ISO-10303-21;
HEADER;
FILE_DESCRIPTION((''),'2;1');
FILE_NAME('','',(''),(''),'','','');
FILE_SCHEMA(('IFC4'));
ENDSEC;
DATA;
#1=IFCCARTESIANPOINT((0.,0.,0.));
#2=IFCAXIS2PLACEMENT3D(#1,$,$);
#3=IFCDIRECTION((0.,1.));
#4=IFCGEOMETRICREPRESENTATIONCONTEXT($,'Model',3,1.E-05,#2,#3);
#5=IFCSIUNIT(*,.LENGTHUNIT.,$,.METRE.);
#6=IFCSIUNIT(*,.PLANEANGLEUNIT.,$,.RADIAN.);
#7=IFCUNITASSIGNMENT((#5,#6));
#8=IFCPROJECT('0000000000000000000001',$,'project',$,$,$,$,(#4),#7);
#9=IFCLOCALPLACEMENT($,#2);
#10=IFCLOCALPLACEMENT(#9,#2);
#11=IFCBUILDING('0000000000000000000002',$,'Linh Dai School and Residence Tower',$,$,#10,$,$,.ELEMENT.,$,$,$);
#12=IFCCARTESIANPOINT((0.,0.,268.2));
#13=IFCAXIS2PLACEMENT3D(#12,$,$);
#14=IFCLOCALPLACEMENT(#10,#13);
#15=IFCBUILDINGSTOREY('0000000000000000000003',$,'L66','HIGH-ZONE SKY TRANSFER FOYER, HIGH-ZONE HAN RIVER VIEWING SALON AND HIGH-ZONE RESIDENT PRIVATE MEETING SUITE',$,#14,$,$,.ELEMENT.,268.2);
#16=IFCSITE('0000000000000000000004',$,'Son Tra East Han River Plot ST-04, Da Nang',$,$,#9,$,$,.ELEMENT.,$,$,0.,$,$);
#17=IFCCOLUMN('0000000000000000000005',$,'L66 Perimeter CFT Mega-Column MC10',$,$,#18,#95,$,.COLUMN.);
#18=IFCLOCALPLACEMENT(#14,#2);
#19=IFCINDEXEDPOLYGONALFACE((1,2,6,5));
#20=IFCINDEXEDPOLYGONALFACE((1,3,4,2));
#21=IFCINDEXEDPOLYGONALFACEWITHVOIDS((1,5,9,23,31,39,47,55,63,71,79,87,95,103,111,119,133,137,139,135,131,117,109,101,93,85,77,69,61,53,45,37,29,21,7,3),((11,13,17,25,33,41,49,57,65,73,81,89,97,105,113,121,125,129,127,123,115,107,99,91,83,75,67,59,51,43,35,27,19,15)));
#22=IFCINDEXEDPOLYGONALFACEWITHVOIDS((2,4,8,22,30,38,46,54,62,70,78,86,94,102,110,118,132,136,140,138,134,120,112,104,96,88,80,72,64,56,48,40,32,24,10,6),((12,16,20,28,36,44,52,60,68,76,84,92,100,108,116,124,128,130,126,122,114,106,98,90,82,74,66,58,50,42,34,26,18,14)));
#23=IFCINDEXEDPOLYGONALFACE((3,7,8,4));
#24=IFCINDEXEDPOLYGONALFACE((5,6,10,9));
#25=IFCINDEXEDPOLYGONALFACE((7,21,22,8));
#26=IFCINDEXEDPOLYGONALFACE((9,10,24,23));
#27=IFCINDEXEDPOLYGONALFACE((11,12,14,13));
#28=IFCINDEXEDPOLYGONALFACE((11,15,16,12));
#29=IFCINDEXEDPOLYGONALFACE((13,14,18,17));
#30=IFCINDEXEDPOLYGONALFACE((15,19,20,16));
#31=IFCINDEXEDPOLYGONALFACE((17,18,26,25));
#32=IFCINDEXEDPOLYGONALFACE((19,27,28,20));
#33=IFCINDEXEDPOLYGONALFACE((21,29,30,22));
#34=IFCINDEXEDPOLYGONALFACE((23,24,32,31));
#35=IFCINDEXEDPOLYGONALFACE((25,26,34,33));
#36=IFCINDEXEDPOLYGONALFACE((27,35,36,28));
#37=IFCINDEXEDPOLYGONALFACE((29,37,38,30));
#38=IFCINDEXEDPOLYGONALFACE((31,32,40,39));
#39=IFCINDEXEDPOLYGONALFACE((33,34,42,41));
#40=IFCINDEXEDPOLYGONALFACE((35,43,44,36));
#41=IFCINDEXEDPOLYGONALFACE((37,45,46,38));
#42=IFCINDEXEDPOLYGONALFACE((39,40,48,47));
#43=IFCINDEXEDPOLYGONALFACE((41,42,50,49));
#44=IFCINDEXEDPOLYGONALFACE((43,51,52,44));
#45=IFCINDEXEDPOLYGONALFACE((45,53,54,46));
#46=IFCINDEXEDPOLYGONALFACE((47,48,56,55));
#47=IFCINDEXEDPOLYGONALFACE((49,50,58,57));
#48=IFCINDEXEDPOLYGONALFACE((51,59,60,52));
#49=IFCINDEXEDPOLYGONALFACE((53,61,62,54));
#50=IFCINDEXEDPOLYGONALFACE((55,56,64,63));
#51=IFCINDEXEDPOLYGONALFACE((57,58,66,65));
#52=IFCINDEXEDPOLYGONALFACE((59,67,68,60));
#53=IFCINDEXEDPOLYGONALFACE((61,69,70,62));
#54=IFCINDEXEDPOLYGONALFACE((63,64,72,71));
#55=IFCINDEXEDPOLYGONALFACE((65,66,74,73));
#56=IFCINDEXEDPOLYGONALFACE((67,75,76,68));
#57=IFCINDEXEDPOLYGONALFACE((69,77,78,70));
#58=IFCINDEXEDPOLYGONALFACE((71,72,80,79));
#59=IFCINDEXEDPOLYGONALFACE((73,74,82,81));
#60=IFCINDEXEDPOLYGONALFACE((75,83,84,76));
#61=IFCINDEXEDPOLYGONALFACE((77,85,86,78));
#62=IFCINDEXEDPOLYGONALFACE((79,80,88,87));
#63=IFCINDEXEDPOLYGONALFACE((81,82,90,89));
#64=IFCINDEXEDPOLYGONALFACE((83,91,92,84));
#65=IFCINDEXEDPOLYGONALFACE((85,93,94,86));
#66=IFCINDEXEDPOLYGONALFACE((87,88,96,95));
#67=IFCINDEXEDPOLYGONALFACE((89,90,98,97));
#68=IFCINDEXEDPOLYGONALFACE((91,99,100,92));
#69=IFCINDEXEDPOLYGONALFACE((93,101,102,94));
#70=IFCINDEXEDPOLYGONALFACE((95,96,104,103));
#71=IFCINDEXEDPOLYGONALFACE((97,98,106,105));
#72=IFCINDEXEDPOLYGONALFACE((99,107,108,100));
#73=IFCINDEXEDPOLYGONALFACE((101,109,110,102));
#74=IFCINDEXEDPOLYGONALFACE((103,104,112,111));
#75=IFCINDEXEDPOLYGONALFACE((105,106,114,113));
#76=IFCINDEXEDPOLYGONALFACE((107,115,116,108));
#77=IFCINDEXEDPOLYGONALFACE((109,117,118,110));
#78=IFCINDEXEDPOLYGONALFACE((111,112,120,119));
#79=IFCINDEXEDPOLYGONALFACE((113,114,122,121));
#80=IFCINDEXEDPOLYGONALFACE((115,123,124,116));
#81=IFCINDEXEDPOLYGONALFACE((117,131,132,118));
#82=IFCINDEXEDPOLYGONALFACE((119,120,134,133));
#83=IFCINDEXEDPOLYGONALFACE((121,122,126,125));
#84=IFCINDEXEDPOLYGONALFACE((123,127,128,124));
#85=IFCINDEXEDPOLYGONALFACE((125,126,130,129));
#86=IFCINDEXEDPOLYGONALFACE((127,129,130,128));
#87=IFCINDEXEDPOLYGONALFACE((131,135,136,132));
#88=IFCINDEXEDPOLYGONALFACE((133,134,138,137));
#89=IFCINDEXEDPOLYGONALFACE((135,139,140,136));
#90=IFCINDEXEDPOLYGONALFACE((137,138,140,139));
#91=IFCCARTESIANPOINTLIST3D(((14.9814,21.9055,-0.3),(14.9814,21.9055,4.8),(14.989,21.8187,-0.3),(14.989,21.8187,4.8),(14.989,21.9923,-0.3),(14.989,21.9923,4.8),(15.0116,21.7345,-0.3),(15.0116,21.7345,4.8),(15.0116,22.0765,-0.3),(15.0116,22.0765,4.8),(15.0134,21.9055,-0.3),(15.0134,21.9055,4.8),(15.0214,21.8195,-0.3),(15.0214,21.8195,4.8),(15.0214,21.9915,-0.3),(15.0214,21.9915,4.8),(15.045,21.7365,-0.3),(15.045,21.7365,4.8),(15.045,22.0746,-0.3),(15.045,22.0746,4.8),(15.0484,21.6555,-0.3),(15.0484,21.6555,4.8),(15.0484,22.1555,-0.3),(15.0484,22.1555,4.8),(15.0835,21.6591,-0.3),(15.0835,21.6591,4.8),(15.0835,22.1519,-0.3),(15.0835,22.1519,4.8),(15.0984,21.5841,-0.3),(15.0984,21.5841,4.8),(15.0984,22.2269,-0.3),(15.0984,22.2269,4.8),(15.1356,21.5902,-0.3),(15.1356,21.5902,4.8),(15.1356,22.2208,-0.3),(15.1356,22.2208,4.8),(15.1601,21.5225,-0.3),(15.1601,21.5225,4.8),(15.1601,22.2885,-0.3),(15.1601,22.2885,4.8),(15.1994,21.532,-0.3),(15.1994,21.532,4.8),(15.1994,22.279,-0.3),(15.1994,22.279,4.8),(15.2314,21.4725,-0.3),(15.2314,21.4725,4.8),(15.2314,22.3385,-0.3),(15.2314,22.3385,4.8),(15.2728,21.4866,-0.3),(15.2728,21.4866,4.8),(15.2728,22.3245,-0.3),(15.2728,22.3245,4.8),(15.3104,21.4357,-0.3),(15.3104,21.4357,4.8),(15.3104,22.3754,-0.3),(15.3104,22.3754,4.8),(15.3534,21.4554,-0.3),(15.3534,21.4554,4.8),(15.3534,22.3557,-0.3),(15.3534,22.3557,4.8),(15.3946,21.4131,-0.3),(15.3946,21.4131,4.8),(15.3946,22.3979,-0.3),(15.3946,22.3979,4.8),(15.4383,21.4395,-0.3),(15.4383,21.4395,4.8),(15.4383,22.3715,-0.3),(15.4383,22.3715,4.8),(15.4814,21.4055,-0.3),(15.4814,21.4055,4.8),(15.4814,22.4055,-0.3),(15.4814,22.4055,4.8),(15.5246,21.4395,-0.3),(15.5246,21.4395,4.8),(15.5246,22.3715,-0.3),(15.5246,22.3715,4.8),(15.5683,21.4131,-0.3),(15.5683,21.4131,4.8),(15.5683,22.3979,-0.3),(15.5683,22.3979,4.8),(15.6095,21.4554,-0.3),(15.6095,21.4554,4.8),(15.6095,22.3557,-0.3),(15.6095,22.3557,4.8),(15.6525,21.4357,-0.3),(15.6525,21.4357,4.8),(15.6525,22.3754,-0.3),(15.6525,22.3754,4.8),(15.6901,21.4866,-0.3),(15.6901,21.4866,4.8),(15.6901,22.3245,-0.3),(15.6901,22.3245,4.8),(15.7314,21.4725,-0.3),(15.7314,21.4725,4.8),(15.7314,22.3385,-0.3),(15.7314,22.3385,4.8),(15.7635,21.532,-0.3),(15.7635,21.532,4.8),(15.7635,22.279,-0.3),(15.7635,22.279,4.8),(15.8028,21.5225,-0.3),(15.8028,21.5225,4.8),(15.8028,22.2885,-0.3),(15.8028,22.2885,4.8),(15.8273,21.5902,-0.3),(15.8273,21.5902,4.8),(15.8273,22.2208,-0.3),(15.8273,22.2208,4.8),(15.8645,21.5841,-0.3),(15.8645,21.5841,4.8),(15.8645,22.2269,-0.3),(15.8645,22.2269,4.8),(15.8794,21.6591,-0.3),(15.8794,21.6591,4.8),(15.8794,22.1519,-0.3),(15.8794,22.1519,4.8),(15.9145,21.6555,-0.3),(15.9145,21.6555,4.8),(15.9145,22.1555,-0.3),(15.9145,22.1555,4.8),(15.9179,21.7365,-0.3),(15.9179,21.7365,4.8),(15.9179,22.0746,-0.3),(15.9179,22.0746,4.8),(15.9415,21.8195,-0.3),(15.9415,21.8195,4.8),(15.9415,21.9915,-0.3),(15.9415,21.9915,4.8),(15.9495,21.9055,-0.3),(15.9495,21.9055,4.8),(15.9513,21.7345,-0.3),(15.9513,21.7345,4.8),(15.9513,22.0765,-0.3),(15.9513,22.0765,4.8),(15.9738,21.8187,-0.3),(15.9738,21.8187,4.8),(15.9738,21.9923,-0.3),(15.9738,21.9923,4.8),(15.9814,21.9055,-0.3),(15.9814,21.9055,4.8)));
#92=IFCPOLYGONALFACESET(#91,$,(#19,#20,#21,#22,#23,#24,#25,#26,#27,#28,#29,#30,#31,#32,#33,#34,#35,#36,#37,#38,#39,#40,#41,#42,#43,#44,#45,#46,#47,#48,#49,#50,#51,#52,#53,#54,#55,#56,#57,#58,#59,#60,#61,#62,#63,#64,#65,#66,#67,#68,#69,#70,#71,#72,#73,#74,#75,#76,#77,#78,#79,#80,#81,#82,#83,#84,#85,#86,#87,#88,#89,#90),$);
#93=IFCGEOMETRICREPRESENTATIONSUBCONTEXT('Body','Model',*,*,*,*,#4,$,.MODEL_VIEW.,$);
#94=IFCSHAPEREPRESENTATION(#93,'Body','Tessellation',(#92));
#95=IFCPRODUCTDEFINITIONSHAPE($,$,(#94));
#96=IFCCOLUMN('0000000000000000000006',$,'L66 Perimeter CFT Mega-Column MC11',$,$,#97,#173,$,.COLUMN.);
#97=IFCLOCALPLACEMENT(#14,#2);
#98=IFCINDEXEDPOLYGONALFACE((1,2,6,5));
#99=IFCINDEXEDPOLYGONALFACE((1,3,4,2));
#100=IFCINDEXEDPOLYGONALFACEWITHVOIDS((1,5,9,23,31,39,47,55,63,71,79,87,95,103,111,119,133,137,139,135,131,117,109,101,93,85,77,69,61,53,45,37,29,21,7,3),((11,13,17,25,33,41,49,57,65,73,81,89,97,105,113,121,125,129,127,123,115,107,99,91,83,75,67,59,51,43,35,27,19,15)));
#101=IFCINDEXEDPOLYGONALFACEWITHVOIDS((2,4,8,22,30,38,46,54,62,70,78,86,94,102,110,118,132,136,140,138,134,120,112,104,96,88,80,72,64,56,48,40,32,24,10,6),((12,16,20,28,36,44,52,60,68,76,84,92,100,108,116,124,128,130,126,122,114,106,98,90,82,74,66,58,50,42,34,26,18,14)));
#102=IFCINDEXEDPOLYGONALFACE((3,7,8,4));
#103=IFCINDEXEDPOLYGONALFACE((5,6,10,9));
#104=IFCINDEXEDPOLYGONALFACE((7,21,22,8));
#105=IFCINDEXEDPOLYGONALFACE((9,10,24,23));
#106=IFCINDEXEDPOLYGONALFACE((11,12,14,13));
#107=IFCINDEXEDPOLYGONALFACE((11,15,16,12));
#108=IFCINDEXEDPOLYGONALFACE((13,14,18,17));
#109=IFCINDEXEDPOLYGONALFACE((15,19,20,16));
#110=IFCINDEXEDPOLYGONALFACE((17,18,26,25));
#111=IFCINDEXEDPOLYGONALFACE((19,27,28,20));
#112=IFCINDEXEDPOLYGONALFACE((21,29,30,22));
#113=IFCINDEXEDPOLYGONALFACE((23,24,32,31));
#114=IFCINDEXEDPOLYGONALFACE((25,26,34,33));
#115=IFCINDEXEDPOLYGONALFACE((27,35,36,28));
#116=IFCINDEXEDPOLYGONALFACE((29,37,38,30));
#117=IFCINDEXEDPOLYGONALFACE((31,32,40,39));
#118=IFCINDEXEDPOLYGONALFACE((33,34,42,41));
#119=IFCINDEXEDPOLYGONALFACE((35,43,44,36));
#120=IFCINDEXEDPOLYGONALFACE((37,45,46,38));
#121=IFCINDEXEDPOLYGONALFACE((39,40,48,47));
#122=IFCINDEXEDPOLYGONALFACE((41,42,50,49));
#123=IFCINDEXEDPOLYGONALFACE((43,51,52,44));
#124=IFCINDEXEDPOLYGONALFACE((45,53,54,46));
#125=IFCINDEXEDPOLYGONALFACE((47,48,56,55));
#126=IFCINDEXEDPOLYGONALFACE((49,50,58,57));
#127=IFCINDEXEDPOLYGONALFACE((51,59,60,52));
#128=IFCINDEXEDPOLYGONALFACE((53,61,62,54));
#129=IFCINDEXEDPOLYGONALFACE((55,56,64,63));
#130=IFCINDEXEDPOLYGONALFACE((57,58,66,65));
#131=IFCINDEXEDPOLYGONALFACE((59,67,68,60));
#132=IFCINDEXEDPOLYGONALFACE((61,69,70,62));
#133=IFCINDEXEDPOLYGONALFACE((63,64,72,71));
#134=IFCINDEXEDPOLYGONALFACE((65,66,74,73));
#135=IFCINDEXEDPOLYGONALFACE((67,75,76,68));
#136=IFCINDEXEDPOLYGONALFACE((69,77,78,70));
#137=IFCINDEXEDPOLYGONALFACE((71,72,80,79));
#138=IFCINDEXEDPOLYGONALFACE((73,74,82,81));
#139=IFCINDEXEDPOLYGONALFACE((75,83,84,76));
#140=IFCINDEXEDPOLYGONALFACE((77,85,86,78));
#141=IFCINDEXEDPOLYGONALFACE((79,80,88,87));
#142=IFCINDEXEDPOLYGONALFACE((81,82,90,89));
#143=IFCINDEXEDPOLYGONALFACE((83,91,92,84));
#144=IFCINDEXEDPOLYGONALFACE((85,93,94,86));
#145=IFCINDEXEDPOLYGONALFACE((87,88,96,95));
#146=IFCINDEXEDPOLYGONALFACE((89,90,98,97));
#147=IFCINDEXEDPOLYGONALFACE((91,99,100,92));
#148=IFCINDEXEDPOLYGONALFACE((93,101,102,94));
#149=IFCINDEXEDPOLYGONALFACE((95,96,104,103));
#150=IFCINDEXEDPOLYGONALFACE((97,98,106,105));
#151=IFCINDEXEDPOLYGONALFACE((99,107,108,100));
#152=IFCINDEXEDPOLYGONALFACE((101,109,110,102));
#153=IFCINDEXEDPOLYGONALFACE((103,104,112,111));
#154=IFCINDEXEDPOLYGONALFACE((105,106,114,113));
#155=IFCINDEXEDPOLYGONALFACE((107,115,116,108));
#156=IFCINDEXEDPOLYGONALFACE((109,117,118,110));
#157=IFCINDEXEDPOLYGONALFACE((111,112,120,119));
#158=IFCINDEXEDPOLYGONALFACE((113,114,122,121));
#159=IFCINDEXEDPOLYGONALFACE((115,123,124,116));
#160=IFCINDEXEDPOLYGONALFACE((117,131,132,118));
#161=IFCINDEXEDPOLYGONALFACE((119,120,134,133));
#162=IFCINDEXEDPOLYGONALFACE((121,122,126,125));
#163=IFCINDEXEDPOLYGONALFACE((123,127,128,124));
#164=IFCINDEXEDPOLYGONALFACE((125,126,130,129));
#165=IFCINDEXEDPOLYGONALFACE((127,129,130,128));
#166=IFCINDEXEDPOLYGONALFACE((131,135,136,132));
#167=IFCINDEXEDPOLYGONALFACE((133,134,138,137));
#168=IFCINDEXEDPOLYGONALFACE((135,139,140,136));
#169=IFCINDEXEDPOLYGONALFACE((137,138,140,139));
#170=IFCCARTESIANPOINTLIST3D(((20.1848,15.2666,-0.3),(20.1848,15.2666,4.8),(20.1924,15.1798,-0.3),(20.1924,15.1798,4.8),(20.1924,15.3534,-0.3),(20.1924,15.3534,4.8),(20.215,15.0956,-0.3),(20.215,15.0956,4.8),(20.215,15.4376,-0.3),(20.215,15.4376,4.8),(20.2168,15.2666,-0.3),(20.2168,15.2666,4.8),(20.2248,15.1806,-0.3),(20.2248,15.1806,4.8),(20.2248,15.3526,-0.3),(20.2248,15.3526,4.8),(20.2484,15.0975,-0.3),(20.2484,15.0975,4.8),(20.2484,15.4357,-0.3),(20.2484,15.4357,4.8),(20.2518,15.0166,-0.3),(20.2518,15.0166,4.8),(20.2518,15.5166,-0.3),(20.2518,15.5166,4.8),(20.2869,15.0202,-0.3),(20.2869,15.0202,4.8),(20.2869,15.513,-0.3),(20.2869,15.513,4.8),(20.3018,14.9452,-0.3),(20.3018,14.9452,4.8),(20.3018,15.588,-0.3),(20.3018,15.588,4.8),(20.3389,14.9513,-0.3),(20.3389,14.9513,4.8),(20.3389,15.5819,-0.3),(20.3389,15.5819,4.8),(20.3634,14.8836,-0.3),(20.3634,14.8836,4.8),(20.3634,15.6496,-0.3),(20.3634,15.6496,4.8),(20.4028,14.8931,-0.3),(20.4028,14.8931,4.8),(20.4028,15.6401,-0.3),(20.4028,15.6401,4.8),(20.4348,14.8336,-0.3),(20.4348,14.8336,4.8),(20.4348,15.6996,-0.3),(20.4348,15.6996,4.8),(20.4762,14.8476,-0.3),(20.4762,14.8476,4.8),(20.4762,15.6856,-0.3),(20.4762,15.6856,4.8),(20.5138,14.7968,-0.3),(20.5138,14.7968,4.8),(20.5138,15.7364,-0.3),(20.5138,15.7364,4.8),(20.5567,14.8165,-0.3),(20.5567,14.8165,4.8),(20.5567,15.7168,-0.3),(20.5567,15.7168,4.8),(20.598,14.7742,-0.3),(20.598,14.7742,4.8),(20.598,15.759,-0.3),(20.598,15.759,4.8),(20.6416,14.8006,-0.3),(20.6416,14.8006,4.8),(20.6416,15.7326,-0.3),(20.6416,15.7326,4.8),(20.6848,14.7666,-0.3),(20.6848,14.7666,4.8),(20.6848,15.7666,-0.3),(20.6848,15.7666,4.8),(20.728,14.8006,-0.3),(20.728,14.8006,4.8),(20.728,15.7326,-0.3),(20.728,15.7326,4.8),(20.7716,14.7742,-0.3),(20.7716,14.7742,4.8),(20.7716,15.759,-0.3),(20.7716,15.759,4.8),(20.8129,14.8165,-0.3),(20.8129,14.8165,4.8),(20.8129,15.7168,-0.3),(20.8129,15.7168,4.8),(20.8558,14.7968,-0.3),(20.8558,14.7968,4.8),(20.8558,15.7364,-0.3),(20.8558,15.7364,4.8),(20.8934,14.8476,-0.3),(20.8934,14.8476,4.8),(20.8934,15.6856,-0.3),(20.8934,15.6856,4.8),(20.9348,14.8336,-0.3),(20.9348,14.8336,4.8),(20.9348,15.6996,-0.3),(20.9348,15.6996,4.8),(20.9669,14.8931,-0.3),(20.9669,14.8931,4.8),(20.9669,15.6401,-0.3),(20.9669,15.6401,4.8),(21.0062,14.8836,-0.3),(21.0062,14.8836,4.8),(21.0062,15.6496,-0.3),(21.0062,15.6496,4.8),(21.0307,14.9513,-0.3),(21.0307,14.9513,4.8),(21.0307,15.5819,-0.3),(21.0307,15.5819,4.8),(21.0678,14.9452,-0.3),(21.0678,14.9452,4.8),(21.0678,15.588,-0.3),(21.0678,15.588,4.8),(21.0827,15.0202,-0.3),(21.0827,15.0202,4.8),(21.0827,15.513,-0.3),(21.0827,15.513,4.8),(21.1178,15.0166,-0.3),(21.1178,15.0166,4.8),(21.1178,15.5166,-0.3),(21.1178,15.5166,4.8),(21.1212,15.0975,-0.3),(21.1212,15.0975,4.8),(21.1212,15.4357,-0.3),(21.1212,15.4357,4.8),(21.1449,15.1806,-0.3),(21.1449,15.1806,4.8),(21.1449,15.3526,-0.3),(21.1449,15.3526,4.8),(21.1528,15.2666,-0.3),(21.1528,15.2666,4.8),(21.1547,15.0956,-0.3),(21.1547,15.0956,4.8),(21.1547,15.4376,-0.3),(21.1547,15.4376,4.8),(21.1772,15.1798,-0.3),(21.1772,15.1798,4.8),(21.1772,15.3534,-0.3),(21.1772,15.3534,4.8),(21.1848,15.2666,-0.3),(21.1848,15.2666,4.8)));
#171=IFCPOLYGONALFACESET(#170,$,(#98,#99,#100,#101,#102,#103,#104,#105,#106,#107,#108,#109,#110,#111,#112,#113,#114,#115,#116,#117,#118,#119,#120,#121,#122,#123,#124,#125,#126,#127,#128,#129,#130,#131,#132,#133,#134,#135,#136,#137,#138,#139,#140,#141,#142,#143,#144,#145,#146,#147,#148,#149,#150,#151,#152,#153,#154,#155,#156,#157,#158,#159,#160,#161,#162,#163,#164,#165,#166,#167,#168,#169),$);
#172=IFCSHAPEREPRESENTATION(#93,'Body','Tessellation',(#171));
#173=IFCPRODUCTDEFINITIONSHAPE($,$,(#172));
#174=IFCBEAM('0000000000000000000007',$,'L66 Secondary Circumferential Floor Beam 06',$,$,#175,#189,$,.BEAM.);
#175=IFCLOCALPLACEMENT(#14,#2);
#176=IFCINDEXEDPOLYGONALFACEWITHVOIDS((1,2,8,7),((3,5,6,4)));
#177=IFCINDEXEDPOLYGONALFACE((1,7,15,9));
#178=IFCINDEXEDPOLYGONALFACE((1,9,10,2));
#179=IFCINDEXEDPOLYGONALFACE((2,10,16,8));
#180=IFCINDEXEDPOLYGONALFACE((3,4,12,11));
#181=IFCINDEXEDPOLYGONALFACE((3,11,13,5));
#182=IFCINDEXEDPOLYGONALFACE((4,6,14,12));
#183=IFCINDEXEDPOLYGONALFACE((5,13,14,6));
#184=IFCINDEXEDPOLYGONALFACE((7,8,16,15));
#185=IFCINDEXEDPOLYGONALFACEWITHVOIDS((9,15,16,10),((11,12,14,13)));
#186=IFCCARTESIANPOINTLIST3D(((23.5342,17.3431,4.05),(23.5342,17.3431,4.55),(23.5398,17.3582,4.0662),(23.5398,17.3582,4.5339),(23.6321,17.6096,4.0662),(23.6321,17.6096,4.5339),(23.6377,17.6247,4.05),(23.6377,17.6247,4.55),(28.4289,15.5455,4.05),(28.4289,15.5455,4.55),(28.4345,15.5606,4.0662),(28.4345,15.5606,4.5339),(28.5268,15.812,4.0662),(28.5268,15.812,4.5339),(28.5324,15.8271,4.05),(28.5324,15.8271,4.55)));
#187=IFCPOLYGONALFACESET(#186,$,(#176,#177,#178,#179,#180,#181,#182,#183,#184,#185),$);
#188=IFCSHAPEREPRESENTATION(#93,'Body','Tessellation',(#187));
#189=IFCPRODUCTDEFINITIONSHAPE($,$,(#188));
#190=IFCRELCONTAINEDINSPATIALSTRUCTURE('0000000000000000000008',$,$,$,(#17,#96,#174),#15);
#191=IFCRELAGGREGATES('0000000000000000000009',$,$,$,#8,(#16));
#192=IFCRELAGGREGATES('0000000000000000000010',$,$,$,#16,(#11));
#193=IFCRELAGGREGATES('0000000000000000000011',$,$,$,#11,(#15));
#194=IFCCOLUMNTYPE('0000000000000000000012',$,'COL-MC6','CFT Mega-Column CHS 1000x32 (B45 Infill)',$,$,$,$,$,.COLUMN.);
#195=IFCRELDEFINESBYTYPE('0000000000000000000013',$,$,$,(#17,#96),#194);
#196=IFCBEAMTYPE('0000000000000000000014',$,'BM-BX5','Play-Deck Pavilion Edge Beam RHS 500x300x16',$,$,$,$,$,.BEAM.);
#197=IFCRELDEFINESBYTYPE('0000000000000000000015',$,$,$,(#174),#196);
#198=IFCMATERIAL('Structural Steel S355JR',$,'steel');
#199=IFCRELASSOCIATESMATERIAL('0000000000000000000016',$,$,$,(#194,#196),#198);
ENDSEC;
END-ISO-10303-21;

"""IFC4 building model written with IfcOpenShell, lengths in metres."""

from ifc_helpers import new_model, si_unit, direction, frame, origin, origin_2d, place, context, subcontext, project, spatial, hollow_rectangle, hollow_circle, extrude, material, material_profile, profile_set, type_object, element, save


model = new_model("IFC4")

# Units and contexts
model_context = context("Model", 3, precision=1e-05, world=origin(), true_north=direction((0.0, 1.0)))
body_context = subcontext(model_context, "Body", "Model", "MODEL_VIEW")
ifc_project = project(units=[si_unit("LENGTHUNIT", "METRE"), si_unit("PLANEANGLEUNIT", "RADIAN")], contexts=[model_context])

# Site, building, storey
site_placement = place(None, origin())
site = spatial("IfcSite", under=ifc_project, at=site_placement, Name="Son Tra East Han River Plot ST-04, Da Nang", CompositionType="ELEMENT", RefElevation=0.0)
building_placement = place(site_placement, origin())
building = spatial("IfcBuilding", under=site, at=building_placement, Name="Linh Dai School and Residence Tower", CompositionType="ELEMENT")
storey_placement = place(building_placement, frame((0.0, 0.0, 268.2)))
storey = spatial("IfcBuildingStorey", under=building, at=storey_placement, Name="L66", Description="HIGH-ZONE SKY TRANSFER FOYER, HIGH-ZONE HAN RIVER VIEWING SALON AND HIGH-ZONE RESIDENT PRIVATE MEETING SUITE", CompositionType="ELEMENT", Elevation=268.2)

# Columns
ifc_material_1 = material(Name="Structural Steel S355JR", Category="steel")
ifc_material_profile_1 = material_profile(ifc_material_1, hollow_circle(Radius=0.5, WallThickness=0.032, at=origin_2d()), Name="CHS 1000x32")
ifc_profile_set_1 = profile_set([ifc_material_profile_1], Name="Structural Steel S355JR")
column_type = type_object("IfcColumnType", Name="COL-MC6", Description="CFT Mega-Column CHS 1000x32 (B45 Infill)", PredefinedType="COLUMN", material=ifc_profile_set_1)
for number, where, z_axis, x_axis, name in (
    (1, (15.4814, 21.9055, -0.3), (0.0, 0.0, 1.0), (1.0, 0.0, 0.0), "L66 Perimeter CFT Mega-Column MC10"),
    (2, (20.6848, 15.2666, -0.3), (0.0, 0.0, 1.0), (1.0, 0.0, 0.0), "L66 Perimeter CFT Mega-Column MC11"),
):
    element("IfcColumn", number, at=place(storey_placement, frame(where, z_axis=z_axis, x_axis=x_axis)), inside=storey, type_object=column_type, Name=name, PredefinedType="COLUMN", context=body_context, shape_type="SweptSolid", body=[
        extrude(hollow_circle(Radius=0.5, WallThickness=0.032, at=origin_2d()), origin(), (0.0, 0.0, 1.0), 5.1001),
    ])

# Beam
ifc_material_profile_2 = material_profile(ifc_material_1, hollow_rectangle(XDim=0.3, YDim=0.5, WallThickness=0.0161, at=origin_2d()), Name="RHS 500x300x16")
ifc_profile_set_2 = profile_set([ifc_material_profile_2], Name="Structural Steel S355JR")
beam_type_1 = type_object("IfcBeamType", Name="BM-BX5", Description="Play-Deck Pavilion Edge Beam RHS 500x300x16", PredefinedType="BEAM", material=ifc_profile_set_2)
beam_1_placement = place(storey_placement, frame((23.5859, 17.4839, 4.3), z_axis=(0.938699, -0.344737, 0.0), x_axis=(0.344737, 0.938699, 0.0)))
element("IfcBeam", 3, at=beam_1_placement, inside=storey, type_object=beam_type_1, Name="L66 Secondary Circumferential Floor Beam 06", PredefinedType="BEAM", context=body_context, shape_type="SweptSolid", body=[
    extrude(hollow_rectangle(XDim=0.3, YDim=0.5, WallThickness=0.0161, at=origin_2d()), origin(), (0.0, 0.0, 1.0), 5.2144),
])

save(model, "model.ifc")
